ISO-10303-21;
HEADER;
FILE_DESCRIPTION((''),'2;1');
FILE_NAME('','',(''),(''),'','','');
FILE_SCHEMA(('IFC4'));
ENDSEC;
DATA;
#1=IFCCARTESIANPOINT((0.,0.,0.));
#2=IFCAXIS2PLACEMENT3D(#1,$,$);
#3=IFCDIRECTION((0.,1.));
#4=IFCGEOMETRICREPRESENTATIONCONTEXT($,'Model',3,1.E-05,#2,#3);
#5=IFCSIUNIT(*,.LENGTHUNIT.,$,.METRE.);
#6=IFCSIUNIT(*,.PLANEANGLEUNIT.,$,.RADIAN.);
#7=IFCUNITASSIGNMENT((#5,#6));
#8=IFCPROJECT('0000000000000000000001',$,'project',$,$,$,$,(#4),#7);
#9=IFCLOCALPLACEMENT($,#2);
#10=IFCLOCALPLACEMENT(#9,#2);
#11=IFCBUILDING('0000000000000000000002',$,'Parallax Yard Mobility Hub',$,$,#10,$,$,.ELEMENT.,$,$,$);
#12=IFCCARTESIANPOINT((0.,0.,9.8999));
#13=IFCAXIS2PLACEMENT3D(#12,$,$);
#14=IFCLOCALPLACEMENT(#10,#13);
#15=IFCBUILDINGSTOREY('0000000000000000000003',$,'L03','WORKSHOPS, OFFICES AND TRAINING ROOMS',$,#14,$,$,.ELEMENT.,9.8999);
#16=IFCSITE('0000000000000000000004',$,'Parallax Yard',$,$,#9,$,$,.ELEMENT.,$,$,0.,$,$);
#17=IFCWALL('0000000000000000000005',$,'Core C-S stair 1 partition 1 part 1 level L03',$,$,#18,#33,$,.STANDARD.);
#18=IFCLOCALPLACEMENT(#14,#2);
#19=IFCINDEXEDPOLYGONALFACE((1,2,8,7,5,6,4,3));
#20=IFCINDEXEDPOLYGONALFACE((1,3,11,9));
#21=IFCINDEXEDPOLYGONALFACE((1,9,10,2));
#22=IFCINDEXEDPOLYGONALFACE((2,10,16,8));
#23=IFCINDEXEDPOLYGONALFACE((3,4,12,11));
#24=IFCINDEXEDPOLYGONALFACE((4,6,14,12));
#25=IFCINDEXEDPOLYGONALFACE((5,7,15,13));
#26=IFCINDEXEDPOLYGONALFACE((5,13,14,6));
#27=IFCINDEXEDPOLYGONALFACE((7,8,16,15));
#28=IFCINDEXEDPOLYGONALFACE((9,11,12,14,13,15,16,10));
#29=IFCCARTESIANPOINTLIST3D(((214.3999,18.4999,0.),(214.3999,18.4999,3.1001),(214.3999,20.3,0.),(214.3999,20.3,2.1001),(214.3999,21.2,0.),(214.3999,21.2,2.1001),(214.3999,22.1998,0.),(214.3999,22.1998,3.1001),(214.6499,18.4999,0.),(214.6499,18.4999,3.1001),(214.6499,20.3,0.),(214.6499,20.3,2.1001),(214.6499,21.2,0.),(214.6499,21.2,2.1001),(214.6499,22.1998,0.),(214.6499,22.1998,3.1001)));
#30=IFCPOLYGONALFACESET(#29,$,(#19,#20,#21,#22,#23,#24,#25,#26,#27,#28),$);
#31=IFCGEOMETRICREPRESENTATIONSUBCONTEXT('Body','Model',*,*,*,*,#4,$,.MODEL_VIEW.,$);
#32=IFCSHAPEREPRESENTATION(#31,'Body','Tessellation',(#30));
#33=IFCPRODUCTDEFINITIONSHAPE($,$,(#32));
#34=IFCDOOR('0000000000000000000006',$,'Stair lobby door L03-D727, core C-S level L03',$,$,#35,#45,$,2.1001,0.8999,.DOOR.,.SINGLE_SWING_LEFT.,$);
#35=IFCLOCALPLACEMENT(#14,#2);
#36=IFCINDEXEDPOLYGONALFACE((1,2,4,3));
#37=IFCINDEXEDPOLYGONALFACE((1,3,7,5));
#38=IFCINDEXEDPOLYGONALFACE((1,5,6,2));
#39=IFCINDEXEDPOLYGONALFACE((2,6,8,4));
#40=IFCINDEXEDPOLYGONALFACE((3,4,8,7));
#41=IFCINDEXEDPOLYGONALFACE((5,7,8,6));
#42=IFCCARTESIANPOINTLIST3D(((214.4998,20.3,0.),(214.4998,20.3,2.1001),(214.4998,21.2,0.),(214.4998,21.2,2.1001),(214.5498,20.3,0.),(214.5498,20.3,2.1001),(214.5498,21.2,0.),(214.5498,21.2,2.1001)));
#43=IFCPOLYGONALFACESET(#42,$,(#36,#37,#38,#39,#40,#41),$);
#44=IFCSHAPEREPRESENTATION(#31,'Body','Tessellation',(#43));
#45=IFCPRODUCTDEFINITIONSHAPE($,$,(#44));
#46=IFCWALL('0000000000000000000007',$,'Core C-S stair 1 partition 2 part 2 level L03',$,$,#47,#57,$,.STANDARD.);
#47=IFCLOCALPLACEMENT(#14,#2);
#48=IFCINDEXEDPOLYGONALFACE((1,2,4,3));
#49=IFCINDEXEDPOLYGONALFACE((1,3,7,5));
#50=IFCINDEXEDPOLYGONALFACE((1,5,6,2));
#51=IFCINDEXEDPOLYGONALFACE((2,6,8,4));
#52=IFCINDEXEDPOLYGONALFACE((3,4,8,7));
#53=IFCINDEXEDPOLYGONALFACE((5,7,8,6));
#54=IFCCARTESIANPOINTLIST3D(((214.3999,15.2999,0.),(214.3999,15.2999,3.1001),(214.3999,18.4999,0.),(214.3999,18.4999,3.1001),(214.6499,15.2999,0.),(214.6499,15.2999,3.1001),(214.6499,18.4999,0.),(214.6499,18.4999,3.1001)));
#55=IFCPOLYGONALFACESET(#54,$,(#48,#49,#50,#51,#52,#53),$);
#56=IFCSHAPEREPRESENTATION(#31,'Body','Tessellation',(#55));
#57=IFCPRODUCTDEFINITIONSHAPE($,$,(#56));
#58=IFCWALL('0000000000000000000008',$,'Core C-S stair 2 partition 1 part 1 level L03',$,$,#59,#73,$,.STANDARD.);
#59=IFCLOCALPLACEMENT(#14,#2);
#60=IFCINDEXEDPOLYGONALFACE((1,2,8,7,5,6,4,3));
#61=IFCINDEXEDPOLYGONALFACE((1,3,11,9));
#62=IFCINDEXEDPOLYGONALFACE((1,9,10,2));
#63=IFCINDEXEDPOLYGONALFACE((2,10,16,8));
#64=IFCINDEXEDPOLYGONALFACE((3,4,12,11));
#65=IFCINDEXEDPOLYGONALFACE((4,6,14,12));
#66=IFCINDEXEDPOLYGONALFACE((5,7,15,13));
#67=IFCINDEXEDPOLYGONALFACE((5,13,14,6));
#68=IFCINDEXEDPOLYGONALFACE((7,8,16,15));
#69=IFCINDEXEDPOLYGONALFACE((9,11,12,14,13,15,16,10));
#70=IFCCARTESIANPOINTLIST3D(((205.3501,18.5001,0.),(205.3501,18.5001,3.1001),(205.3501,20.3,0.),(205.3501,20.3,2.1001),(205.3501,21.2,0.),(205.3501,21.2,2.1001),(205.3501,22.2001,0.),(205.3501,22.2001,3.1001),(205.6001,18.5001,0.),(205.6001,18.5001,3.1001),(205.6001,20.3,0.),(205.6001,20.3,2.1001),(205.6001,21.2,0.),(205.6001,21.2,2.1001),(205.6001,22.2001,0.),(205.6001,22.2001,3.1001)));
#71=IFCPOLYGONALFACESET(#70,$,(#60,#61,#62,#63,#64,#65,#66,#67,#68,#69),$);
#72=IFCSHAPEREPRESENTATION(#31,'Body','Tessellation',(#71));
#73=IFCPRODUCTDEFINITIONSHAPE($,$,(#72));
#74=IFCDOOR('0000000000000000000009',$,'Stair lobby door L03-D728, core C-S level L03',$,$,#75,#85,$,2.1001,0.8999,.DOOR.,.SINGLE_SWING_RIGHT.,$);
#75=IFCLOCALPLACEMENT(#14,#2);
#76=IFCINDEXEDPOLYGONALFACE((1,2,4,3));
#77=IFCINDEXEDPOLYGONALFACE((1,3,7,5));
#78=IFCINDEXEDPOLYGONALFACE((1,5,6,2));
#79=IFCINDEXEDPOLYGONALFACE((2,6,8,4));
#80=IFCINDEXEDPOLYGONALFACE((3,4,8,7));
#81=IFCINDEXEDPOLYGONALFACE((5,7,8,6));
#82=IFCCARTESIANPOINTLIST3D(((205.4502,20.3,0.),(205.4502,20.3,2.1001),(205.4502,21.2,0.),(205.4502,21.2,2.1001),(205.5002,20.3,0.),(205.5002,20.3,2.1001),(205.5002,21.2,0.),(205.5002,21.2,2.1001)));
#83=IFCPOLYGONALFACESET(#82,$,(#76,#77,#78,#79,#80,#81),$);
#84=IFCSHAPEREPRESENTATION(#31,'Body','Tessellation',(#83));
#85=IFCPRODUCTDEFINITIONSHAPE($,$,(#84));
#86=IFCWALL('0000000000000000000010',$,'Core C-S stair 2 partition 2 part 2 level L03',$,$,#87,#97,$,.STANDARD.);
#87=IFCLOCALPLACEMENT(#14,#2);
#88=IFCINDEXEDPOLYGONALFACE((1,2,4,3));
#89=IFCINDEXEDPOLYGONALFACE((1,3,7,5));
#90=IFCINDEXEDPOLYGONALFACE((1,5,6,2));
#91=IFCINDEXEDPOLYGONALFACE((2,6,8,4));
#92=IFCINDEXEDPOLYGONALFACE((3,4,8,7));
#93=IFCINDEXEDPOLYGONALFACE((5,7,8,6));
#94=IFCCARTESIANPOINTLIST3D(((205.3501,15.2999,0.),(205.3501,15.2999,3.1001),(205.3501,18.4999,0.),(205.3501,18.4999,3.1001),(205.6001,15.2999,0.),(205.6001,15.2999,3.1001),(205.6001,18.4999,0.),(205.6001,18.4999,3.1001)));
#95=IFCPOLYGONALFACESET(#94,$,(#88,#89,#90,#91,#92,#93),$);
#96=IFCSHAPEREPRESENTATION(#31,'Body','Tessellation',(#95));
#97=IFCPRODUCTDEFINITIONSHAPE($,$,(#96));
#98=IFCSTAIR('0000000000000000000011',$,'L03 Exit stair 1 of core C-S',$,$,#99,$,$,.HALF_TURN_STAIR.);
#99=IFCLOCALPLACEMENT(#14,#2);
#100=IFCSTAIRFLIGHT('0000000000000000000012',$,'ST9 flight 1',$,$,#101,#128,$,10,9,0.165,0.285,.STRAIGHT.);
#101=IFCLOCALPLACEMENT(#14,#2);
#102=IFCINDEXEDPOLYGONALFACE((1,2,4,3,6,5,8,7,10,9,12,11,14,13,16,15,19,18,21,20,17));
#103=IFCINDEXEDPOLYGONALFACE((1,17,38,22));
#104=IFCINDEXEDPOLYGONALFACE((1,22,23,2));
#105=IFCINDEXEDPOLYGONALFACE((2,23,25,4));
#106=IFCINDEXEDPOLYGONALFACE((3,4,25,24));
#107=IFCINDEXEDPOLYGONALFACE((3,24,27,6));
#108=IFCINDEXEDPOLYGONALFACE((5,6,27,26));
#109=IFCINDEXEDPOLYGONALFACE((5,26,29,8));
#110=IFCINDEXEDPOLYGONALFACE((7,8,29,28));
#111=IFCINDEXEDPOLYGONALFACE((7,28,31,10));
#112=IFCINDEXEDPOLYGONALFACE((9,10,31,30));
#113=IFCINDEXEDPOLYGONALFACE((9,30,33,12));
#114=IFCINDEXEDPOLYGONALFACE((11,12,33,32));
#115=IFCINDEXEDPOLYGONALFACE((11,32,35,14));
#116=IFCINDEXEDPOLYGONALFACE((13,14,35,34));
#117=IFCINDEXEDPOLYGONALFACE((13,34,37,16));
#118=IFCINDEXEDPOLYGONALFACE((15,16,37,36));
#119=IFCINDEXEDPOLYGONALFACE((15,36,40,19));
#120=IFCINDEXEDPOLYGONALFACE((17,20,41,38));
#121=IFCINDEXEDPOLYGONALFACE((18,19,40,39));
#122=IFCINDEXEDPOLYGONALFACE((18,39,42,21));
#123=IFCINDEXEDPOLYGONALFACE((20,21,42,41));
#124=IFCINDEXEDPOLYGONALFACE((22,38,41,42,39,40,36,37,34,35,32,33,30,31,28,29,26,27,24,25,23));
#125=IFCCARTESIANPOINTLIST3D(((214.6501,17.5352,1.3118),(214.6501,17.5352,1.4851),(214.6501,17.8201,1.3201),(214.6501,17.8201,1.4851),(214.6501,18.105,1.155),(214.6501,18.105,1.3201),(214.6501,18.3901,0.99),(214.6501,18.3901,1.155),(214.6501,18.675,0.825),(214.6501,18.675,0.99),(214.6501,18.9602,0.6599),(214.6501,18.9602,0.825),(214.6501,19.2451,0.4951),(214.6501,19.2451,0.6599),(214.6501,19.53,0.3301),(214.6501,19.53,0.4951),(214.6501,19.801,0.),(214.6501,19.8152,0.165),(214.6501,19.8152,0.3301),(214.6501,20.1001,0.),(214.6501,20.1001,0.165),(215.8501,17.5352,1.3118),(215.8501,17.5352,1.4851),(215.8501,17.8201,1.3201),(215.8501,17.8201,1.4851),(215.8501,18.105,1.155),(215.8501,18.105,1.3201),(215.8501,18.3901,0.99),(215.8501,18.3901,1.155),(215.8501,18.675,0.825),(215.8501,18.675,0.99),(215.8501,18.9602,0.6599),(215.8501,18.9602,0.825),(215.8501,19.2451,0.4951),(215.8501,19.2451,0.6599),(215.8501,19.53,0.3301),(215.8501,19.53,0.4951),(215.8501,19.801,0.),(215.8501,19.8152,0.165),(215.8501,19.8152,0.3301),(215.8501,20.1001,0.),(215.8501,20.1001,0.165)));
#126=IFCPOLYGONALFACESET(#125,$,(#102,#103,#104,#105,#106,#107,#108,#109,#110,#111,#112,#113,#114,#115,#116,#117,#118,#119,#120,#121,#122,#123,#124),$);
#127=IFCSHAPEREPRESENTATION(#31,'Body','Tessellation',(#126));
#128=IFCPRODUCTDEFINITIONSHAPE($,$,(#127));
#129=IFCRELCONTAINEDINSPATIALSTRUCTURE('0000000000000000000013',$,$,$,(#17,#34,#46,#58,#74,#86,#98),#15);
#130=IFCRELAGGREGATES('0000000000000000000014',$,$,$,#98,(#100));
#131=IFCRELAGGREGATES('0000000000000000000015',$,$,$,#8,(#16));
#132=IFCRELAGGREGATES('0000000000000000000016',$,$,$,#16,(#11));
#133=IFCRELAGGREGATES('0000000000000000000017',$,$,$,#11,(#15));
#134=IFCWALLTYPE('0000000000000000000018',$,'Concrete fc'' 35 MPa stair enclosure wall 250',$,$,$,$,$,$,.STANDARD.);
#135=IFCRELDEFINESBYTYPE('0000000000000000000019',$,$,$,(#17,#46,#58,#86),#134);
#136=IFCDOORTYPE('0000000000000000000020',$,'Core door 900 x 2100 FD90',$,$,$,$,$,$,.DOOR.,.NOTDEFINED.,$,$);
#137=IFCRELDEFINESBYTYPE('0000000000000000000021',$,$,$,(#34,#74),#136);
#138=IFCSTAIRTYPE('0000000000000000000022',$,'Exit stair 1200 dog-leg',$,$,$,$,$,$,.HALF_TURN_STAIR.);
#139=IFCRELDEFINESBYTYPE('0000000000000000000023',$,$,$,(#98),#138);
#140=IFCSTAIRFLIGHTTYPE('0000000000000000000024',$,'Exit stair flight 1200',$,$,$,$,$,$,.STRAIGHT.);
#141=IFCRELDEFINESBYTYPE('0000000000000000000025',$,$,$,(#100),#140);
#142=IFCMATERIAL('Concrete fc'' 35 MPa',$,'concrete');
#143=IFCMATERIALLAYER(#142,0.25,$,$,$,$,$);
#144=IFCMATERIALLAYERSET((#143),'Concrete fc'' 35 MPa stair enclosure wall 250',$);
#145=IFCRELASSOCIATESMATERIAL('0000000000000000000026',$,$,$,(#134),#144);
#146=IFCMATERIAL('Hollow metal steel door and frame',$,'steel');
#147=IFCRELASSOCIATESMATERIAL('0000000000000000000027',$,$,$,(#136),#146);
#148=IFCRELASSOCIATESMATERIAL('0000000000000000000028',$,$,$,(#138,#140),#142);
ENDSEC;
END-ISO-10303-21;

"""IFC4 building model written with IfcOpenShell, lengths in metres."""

from ifc_helpers import new_model, si_unit, direction, frame, frame_2d, origin, place, context, subcontext, project, spatial, polyline, rectangle, outline, extrude, material, layer, layer_set, type_object, element, fill, aggregate, save


model = new_model("IFC4")

# Units and contexts
model_context = context("Model", 3, precision=1e-05, world=origin(), true_north=direction((0.0, 1.0)))
body_context = subcontext(model_context, "Body", "Model", "MODEL_VIEW")
ifc_project = project(units=[si_unit("LENGTHUNIT", "METRE"), si_unit("PLANEANGLEUNIT", "RADIAN")], contexts=[model_context])

# Site, building, storey
site_placement = place(None, origin())
site = spatial("IfcSite", under=ifc_project, at=site_placement, Name="Parallax Yard", CompositionType="ELEMENT", RefElevation=0.0)
building_placement = place(site_placement, origin())
building = spatial("IfcBuilding", under=site, at=building_placement, Name="Parallax Yard Mobility Hub", CompositionType="ELEMENT")
storey_placement = place(building_placement, frame((0.0, 0.0, 9.8999)))
storey = spatial("IfcBuildingStorey", under=building, at=storey_placement, Name="L03", Description="WORKSHOPS, OFFICES AND TRAINING ROOMS", CompositionType="ELEMENT", Elevation=9.8999)

# Shared definitions
ifc_material_1 = material(Name="Concrete fc' 35 MPa", Category="concrete")

# Wall, opening, door
ifc_layer_1 = layer(ifc_material_1, 0.25)
ifc_layer_set_1 = layer_set([ifc_layer_1], Name="Concrete fc' 35 MPa stair enclosure wall 250")
wall_type_1 = type_object("IfcWallType", Name="Concrete fc' 35 MPa stair enclosure wall 250", PredefinedType="STANDARD", material=ifc_layer_set_1)
wall_1_placement = place(storey_placement, frame((214.5249, 22.2, 0.0), z_axis=(0.0, 0.0, 1.0), x_axis=(0.0, -1.0, 0.0)))
wall_1 = element("IfcWall", 1, at=wall_1_placement, inside=storey, type_object=wall_type_1, Name="Core C-S stair 1 partition 1 part 1 level L03", PredefinedType="STANDARD", context=body_context, shape_type="SweptSolid", body=[
    extrude(rectangle(XDim=3.7, YDim=0.25, at=frame_2d((1.8501, 0.0))), origin(), (0.0, 0.0, 1.0), 3.1001),
])
opening_1_placement = place(wall_1_placement, frame((1.0, 0.0, 0.0)))
opening_1 = element("IfcOpeningElement", 2, at=opening_1_placement, cuts=wall_1, PredefinedType="OPENING", context=body_context, shape_type="SweptSolid", body=[
    extrude(rectangle(XDim=0.8999, YDim=2.1001, at=frame_2d((0.45, 1.05))), frame((0.0, 0.135, 0.0), z_axis=(0.0, -1.0, 0.0), x_axis=(1.0, 0.0, 0.0)), (0.0, 0.0, 1.0), 0.27),
])
ifc_material_2 = material(Name="Hollow metal steel door and frame", Category="steel")
door_type_1 = type_object("IfcDoorType", Name="Core door 900 x 2100 FD90", OperationType="NOTDEFINED", PredefinedType="DOOR", material=ifc_material_2)
door_1_placement = place(opening_1_placement, origin())
door_1 = element("IfcDoor", 3, at=door_1_placement, inside=storey, type_object=door_type_1, Name="Stair lobby door L03-D727, core C-S level L03", OperationType="SINGLE_SWING_LEFT", OverallHeight=2.1001, OverallWidth=0.8999, PredefinedType="DOOR", context=body_context, shape_type="SweptSolid", body=[
    extrude(rectangle(XDim=0.8999, YDim=2.1001, at=frame_2d((0.45, 1.05))), frame((0.0, 0.0249, 0.0), z_axis=(0.0, -1.0, 0.0), x_axis=(1.0, 0.0, 0.0)), (0.0, 0.0, 1.0), 0.05),
])
fill(opening_1, door_1)

# Wall
wall_2_placement = place(storey_placement, frame((214.5249, 18.5, 0.0), z_axis=(0.0, 0.0, 1.0), x_axis=(0.0, -1.0, 0.0)))
element("IfcWall", 4, at=wall_2_placement, inside=storey, type_object=wall_type_1, Name="Core C-S stair 1 partition 2 part 2 level L03", PredefinedType="STANDARD", context=body_context, shape_type="SweptSolid", body=[
    extrude(rectangle(XDim=3.2, YDim=0.25, at=frame_2d((1.6001, 0.0))), origin(), (0.0, 0.0, 1.0), 3.1001),
])

# Wall, opening, door
wall_3_placement = place(storey_placement, frame((205.4751, 18.5, 0.0), z_axis=(0.0, 0.0, 1.0), x_axis=(0.0, 1.0, 0.0)))
wall_3 = element("IfcWall", 5, at=wall_3_placement, inside=storey, type_object=wall_type_1, Name="Core C-S stair 2 partition 1 part 1 level L03", PredefinedType="STANDARD", context=body_context, shape_type="SweptSolid", body=[
    extrude(rectangle(XDim=3.7, YDim=0.25, at=frame_2d((1.8501, 0.0))), origin(), (0.0, 0.0, 1.0), 3.1001),
])
opening_2_placement = place(wall_3_placement, frame((1.8, 0.0, 0.0)))
opening_2 = element("IfcOpeningElement", 6, at=opening_2_placement, cuts=wall_3, PredefinedType="OPENING", context=body_context, shape_type="SweptSolid", body=[
    extrude(rectangle(XDim=0.8999, YDim=2.1001, at=frame_2d((0.45, 1.05))), frame((0.0, 0.135, 0.0), z_axis=(0.0, -1.0, 0.0), x_axis=(1.0, 0.0, 0.0)), (0.0, 0.0, 1.0), 0.27),
])
door_2_placement = place(opening_2_placement, origin())
door_2 = element("IfcDoor", 7, at=door_2_placement, inside=storey, type_object=door_type_1, Name="Stair lobby door L03-D728, core C-S level L03", OperationType="SINGLE_SWING_RIGHT", OverallHeight=2.1001, OverallWidth=0.8999, PredefinedType="DOOR", context=body_context, shape_type="SweptSolid", body=[
    extrude(rectangle(XDim=0.8999, YDim=2.1001, at=frame_2d((0.45, 1.05))), frame((0.0, 0.0249, 0.0), z_axis=(0.0, -1.0, 0.0), x_axis=(1.0, 0.0, 0.0)), (0.0, 0.0, 1.0), 0.05),
])
fill(opening_2, door_2)

# Wall
wall_4_placement = place(storey_placement, frame((205.4751, 18.5, 0.0), z_axis=(0.0, 0.0, 1.0), x_axis=(0.0, -1.0, 0.0)))
element("IfcWall", 8, at=wall_4_placement, inside=storey, type_object=wall_type_1, Name="Core C-S stair 2 partition 2 part 2 level L03", PredefinedType="STANDARD", context=body_context, shape_type="SweptSolid", body=[
    extrude(rectangle(XDim=3.2, YDim=0.25, at=frame_2d((1.6001, 0.0))), origin(), (0.0, 0.0, 1.0), 3.1001),
])

# Stair, stair flight
stair_type = type_object("IfcStairType", Name="Exit stair 1200 dog-leg", PredefinedType="HALF_TURN_STAIR", material=ifc_material_1)
stair_placement = place(storey_placement, origin())
stair = element("IfcStair", 9, at=stair_placement, inside=storey, type_object=stair_type, Name="L03 Exit stair 1 of core C-S", PredefinedType="HALF_TURN_STAIR")
stair_flight_type = type_object("IfcStairFlightType", Name="Exit stair flight 1200", PredefinedType="STRAIGHT", material=ifc_material_1)
stair_flight_placement = place(storey_placement, frame((215.25, 20.1001, 0.0), z_axis=(0.0, 0.0, 1.0), x_axis=(0.0, -1.0, 0.0)))
stair_flight = element("IfcStairFlight", 10, at=stair_flight_placement, type_object=stair_flight_type, Name="ST9 flight 1", NumberOfRisers=10, NumberOfTreads=9, PredefinedType="STRAIGHT", RiserHeight=0.165, TreadLength=0.285, context=body_context, shape_type="SweptSolid", body=[
    extrude(outline(polyline([(0.0, 0.0), (0.0, 0.165), (0.2849, 0.165), (0.2849, 0.3301), (0.5701, 0.3301), (0.5701, 0.4951), (0.855, 0.4951), (0.855, 0.6599), (1.1399, 0.6599), (1.1399, 0.825), (1.425, 0.825), (1.425, 0.99), (1.71, 0.99), (1.71, 1.155), (1.9951, 1.155), (1.9951, 1.3201), (2.28, 1.3201), (2.28, 1.4851), (2.5649, 1.4851), (2.5649, 1.6499), (2.5649, 1.3118), (0.2991, 0.0), (0.0, 0.0)])), frame((0.0, 0.6001, 0.0), z_axis=(0.0, -1.0, 0.0), x_axis=(1.0, 0.0, 0.0)), (0.0, 0.0, 1.0), 1.2),
])
aggregate(stair, [stair_flight])

save(model, "model.ifc")
